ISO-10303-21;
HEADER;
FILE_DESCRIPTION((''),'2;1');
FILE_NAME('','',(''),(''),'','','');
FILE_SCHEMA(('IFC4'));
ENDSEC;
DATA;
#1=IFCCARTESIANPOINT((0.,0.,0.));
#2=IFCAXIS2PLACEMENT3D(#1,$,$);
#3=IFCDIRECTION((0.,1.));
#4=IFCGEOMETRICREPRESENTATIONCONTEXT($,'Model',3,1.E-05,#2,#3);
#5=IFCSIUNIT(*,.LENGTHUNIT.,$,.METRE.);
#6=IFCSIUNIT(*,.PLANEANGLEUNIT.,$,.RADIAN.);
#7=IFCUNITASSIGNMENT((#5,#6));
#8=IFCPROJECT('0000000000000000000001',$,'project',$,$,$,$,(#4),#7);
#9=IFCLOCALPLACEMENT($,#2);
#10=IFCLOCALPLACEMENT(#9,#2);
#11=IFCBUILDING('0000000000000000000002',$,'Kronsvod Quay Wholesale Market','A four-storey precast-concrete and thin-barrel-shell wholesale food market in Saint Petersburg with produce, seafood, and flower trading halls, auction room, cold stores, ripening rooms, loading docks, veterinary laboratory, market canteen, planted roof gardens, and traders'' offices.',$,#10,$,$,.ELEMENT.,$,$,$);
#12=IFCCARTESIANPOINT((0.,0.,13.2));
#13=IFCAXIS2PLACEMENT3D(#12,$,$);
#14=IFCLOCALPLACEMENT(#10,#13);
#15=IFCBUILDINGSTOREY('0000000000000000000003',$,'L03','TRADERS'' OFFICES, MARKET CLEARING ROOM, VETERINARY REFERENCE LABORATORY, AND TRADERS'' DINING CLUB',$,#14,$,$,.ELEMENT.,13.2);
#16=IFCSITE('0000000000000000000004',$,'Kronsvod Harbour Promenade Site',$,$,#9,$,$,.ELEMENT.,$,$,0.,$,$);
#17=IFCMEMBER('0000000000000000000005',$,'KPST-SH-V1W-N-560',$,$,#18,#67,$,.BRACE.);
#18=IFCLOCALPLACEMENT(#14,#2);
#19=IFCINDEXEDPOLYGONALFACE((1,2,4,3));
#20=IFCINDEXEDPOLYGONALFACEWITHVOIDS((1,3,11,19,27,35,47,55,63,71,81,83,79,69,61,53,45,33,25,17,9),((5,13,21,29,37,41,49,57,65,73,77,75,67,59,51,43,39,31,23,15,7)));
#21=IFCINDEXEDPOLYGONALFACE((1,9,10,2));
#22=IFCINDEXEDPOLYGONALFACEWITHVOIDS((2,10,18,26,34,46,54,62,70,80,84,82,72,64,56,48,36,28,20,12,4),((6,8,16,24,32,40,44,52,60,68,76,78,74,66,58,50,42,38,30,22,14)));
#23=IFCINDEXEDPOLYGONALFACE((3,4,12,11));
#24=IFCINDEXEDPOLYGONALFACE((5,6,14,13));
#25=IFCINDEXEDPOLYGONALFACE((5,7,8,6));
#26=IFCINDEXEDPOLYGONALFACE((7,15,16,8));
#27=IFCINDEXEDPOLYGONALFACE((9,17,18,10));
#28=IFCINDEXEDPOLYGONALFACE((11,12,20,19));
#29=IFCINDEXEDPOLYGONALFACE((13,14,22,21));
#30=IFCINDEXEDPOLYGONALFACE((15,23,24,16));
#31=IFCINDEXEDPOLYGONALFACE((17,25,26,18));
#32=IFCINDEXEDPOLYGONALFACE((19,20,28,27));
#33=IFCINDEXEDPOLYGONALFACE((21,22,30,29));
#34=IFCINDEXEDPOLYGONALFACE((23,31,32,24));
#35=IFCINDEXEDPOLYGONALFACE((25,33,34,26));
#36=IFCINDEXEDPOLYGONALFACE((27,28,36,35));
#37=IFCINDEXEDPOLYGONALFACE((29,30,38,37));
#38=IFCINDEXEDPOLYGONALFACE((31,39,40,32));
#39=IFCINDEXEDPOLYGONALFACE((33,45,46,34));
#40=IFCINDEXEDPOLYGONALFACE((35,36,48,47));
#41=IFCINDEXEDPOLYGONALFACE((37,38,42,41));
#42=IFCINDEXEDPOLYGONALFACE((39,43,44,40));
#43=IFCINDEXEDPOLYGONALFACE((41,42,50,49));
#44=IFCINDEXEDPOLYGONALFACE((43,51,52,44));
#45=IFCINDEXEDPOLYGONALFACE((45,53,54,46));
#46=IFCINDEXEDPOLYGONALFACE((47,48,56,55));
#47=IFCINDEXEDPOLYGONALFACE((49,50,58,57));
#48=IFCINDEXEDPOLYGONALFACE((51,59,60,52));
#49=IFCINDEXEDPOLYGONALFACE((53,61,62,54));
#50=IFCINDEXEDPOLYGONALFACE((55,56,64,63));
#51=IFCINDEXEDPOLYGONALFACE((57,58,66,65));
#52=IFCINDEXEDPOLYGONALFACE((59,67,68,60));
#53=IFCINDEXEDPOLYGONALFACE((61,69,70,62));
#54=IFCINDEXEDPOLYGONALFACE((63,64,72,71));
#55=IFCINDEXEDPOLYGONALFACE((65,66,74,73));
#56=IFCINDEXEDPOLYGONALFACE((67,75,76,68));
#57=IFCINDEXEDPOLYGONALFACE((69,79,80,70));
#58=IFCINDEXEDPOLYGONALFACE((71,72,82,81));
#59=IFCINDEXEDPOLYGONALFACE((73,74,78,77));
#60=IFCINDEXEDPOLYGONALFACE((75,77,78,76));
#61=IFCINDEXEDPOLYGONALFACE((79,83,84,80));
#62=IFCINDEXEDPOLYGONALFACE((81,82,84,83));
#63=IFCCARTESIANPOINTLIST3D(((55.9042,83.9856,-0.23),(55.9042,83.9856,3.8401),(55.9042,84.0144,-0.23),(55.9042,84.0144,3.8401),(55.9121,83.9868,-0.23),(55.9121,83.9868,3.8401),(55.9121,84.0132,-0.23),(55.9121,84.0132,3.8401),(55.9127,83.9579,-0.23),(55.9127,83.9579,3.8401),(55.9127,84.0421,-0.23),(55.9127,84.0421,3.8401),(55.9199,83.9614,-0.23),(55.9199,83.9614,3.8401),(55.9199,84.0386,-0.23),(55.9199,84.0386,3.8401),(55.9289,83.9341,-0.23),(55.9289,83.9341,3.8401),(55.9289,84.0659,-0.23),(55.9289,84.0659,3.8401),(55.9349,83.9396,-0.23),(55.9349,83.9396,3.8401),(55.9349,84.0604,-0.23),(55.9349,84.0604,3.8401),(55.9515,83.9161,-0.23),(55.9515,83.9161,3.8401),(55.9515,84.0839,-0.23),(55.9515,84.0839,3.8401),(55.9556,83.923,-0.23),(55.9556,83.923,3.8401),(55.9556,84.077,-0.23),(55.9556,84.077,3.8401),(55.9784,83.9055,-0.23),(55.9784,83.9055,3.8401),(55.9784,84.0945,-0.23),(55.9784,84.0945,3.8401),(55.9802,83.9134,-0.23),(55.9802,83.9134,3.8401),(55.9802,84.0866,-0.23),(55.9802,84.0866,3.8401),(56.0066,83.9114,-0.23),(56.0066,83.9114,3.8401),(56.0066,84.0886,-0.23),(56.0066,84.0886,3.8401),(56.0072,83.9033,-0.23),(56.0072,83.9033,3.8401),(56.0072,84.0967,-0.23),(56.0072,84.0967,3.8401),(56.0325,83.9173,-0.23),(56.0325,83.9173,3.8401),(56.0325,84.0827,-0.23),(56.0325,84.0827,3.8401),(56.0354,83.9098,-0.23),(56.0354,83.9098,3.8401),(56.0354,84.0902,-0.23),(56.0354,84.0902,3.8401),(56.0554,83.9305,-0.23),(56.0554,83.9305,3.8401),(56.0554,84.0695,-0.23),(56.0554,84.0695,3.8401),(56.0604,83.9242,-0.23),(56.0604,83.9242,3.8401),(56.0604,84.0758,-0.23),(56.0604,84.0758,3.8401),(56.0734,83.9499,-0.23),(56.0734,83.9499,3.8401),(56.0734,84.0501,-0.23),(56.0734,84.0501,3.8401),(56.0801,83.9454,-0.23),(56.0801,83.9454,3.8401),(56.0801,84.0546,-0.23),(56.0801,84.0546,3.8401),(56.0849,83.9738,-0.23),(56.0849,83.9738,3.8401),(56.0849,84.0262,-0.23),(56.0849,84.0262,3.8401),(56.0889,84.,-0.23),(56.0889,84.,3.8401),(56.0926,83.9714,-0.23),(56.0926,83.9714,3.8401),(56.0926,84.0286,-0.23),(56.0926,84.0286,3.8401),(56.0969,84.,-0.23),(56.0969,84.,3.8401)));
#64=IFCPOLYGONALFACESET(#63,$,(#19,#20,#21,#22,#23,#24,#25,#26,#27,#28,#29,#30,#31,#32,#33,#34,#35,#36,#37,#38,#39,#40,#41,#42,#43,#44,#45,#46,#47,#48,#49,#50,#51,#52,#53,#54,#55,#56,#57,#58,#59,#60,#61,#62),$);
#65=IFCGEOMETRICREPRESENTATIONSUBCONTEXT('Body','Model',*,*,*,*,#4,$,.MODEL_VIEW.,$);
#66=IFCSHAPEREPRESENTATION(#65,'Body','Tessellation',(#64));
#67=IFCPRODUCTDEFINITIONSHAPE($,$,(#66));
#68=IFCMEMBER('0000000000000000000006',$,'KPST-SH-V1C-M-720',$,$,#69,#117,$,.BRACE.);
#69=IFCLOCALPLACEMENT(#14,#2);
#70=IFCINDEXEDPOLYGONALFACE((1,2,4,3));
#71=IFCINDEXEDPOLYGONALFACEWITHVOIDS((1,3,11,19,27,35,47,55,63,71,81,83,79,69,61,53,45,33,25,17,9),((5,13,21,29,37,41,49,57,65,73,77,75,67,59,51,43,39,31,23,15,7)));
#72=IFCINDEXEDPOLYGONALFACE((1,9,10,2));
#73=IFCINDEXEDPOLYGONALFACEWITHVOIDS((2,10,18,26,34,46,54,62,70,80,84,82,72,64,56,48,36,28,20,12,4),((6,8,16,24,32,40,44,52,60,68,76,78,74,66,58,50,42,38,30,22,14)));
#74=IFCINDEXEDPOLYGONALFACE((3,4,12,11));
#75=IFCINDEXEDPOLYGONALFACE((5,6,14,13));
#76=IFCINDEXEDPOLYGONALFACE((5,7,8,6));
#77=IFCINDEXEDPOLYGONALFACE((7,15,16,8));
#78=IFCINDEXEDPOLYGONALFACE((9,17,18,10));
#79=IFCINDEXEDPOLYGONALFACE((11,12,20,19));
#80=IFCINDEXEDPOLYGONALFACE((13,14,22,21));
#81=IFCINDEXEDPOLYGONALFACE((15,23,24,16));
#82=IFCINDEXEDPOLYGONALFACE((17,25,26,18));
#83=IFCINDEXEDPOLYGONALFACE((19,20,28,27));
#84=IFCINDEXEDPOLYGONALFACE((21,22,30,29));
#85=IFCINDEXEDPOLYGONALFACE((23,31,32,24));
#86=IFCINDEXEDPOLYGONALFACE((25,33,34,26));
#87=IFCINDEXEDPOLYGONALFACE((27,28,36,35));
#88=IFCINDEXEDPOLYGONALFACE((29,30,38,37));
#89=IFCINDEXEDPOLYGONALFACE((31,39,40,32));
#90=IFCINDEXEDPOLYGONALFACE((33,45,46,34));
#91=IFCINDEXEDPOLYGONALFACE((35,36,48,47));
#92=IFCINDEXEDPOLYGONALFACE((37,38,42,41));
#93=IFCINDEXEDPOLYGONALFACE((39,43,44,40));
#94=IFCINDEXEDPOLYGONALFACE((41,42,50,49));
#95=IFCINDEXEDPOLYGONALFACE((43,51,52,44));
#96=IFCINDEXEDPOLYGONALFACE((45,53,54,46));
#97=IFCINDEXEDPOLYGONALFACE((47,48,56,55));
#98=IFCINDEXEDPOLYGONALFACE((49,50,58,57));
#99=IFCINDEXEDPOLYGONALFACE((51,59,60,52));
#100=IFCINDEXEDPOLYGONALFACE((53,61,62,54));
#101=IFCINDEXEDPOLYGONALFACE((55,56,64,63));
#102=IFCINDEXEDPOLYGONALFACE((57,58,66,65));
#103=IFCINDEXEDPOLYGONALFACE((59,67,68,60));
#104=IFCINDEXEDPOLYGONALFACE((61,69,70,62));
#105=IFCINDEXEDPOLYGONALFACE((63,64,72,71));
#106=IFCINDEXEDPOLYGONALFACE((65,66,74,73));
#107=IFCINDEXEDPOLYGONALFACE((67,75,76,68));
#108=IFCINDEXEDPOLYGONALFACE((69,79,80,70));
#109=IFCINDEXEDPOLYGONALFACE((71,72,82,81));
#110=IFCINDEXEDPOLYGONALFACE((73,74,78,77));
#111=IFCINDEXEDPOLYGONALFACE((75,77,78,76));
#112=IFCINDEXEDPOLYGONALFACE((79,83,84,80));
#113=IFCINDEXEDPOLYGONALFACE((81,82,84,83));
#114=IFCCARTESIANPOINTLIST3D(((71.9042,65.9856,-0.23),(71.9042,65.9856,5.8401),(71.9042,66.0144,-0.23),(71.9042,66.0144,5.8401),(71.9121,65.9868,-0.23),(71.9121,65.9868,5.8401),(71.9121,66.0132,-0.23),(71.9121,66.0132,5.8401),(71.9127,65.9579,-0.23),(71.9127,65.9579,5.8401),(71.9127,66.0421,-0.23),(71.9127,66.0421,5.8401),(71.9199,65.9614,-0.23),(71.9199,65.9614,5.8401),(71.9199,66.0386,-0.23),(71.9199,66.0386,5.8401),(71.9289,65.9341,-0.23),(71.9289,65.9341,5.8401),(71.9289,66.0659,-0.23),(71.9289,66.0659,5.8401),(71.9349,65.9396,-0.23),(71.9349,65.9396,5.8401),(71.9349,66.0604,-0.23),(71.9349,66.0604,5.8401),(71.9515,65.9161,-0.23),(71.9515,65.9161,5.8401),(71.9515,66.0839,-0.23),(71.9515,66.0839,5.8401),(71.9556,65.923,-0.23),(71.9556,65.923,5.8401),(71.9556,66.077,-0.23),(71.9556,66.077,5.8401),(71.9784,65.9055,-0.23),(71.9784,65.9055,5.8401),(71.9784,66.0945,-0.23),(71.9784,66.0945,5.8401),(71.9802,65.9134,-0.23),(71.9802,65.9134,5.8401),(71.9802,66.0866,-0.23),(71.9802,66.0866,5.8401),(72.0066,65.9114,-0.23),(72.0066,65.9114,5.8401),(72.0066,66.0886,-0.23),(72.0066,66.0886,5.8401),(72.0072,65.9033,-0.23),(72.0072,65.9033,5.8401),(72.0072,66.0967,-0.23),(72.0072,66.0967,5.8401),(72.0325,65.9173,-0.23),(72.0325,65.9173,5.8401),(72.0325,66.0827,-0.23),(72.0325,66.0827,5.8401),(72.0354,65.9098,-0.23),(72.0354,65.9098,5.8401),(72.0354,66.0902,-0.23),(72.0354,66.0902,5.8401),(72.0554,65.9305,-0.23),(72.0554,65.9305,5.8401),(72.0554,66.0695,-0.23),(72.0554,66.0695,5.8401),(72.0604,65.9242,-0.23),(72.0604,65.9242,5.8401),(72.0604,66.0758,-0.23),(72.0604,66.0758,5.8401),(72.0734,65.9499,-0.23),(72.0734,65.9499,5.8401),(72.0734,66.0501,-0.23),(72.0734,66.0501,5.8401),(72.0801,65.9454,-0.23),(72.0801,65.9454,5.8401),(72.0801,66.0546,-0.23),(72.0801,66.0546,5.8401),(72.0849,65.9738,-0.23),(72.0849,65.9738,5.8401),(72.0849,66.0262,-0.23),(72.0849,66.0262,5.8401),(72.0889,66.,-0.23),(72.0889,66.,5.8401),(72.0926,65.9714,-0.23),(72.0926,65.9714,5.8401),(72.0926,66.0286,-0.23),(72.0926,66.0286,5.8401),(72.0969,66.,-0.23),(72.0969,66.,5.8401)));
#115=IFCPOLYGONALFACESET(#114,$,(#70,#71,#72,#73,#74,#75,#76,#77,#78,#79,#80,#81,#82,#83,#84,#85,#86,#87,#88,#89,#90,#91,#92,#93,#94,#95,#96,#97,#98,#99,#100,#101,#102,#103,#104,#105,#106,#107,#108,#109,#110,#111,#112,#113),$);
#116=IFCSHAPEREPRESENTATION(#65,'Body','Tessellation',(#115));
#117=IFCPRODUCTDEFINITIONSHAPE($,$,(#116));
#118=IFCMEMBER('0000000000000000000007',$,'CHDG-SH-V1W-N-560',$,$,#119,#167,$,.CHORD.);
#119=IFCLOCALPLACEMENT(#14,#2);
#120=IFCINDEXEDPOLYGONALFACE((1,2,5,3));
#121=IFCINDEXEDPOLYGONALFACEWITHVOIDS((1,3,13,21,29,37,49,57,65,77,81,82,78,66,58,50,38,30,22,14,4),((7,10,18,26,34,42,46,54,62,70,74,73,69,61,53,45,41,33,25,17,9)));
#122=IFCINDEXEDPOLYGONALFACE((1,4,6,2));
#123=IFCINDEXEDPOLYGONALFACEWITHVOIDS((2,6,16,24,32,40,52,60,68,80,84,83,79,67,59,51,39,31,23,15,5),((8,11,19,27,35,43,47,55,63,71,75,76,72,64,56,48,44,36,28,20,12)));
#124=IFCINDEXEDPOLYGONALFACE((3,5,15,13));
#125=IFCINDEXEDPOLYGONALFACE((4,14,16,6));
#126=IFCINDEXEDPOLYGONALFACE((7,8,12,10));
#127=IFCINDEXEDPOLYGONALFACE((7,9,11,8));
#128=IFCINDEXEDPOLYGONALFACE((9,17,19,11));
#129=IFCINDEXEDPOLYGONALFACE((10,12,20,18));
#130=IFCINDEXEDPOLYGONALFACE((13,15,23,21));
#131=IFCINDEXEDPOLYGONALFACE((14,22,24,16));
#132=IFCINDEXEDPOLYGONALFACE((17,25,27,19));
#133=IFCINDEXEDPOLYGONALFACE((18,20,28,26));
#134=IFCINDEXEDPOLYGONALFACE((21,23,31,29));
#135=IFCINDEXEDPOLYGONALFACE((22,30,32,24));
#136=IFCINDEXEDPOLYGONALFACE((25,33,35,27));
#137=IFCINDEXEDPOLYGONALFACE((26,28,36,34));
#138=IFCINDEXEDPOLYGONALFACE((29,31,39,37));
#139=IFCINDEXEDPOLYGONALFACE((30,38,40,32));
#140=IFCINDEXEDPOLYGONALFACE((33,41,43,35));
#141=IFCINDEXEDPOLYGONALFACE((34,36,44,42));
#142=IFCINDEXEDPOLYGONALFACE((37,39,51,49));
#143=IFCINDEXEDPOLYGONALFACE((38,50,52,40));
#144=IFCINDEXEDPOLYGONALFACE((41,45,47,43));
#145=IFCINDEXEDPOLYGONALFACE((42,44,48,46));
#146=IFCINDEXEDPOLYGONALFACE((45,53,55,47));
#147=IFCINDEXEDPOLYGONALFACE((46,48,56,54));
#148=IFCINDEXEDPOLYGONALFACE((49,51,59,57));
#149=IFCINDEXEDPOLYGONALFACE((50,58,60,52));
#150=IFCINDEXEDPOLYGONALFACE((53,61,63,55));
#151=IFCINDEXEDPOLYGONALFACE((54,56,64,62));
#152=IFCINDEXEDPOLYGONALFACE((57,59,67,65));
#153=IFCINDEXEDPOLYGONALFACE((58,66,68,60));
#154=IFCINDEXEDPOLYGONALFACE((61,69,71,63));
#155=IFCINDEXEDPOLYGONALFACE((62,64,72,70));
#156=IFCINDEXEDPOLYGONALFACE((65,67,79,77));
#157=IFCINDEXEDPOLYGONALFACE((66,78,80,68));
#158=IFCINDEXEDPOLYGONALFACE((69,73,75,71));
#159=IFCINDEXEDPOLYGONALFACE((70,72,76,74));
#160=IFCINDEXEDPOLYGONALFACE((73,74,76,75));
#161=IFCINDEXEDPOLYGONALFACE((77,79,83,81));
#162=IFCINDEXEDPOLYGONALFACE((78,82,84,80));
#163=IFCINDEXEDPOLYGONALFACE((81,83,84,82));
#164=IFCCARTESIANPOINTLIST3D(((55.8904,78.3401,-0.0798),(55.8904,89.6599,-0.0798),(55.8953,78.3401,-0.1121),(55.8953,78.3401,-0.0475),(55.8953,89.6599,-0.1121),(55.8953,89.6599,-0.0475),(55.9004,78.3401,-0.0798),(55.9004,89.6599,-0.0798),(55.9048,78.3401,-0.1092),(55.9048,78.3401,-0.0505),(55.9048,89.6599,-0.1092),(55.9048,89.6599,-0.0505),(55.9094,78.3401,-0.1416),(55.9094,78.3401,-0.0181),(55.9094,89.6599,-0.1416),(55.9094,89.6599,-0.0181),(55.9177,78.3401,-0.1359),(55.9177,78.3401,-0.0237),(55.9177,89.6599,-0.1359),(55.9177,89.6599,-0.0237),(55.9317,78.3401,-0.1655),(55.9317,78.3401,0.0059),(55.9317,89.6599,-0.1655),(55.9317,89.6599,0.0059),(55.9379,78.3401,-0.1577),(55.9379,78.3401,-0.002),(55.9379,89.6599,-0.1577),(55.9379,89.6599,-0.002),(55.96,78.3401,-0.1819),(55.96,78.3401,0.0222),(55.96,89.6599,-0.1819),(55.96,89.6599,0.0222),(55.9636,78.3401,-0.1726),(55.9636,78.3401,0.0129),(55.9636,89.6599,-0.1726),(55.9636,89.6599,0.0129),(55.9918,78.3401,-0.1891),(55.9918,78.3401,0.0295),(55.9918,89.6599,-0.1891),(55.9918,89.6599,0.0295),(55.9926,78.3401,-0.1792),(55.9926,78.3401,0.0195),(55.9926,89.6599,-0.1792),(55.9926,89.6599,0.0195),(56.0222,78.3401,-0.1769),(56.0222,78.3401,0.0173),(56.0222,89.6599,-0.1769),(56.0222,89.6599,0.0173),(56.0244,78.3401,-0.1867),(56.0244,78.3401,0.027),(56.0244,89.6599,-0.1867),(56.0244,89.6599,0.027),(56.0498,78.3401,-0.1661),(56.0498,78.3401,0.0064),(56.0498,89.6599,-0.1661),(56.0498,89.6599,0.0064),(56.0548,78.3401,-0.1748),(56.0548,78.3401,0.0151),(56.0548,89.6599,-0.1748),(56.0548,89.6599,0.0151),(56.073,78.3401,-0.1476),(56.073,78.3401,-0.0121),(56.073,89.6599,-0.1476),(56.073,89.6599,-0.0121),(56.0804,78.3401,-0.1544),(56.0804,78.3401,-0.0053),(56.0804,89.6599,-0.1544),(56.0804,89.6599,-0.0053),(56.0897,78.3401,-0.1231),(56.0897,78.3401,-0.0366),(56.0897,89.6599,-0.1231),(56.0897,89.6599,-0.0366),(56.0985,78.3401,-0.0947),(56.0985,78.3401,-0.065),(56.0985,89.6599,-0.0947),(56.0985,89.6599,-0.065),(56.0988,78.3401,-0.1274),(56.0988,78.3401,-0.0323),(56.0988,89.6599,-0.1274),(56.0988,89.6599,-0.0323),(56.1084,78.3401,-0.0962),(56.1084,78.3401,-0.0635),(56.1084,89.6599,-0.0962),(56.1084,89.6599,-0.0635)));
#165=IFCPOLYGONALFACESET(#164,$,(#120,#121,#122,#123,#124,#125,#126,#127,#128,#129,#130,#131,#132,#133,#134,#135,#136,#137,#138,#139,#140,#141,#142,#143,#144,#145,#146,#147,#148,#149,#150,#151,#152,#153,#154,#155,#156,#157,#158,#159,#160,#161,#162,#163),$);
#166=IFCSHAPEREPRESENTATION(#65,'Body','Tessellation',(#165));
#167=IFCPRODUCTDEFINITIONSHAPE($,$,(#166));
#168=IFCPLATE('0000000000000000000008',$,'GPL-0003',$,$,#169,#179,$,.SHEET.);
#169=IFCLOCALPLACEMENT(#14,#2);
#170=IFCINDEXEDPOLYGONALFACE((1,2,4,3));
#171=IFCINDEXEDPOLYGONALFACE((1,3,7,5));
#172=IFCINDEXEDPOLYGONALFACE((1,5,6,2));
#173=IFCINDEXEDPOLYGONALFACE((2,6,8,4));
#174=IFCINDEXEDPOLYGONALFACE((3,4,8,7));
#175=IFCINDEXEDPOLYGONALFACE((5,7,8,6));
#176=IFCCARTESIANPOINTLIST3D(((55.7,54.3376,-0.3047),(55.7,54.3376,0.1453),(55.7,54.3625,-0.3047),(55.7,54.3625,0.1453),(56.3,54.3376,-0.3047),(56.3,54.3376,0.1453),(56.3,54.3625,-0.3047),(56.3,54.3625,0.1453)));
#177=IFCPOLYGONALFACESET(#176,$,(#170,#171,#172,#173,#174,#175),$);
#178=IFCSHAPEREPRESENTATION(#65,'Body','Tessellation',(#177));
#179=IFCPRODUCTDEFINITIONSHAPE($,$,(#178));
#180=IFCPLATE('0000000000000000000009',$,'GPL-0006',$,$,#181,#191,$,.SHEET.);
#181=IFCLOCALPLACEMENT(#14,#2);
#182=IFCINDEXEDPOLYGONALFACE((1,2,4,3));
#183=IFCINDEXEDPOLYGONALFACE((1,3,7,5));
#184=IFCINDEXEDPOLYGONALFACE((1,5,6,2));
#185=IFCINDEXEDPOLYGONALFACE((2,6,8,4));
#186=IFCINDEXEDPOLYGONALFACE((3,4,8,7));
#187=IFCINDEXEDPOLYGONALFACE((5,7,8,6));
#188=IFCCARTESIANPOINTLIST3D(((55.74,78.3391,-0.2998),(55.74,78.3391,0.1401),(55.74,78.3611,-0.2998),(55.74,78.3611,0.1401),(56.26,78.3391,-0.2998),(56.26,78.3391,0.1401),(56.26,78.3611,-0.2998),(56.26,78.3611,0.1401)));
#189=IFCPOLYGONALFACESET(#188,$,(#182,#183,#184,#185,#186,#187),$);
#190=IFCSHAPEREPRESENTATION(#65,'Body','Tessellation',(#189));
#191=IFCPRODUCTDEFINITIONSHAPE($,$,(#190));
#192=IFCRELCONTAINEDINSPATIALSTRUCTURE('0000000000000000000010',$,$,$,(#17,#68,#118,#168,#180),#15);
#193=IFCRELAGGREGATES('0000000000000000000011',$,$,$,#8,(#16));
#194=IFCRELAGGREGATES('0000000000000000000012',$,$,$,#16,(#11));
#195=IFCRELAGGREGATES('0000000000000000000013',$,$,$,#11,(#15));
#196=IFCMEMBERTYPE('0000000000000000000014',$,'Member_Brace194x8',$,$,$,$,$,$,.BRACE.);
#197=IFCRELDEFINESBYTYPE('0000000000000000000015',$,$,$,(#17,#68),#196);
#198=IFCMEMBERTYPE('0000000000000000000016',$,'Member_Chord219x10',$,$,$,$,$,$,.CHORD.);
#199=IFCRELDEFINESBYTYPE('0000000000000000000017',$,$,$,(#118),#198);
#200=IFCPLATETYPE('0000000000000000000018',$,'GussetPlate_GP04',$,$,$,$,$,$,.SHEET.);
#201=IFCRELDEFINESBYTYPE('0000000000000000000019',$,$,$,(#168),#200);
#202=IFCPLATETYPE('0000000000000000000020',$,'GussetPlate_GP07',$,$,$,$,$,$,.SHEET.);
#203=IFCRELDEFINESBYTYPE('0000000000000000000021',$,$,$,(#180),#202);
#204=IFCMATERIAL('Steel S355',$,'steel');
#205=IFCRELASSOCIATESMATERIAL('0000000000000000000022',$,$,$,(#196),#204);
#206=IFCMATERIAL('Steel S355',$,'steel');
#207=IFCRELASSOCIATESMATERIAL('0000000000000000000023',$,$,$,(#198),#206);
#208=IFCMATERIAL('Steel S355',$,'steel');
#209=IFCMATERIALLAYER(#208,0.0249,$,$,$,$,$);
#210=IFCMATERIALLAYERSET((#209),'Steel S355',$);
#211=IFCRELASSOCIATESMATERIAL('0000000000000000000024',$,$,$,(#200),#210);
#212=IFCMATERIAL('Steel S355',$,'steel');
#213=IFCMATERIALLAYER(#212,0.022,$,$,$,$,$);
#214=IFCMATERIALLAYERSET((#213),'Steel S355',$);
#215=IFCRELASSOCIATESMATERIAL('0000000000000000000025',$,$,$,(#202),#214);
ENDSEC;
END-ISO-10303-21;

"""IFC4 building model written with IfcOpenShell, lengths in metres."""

from ifc_helpers import new_model, si_unit, direction, frame, origin, origin_2d, place, context, subcontext, project, spatial, rectangle, hollow_circle, extrude, material, layer, layer_set, material_profile, profile_set, type_object, element, save


model = new_model("IFC4")

# Units and contexts
model_context = context("Model", 3, precision=1e-05, world=origin(), true_north=direction((0.0, 1.0)))
body_context = subcontext(model_context, "Body", "Model", "MODEL_VIEW")
ifc_project = project(units=[si_unit("LENGTHUNIT", "METRE"), si_unit("PLANEANGLEUNIT", "RADIAN")], contexts=[model_context])

# Site, building, storey
site_placement = place(None, origin())
site = spatial("IfcSite", under=ifc_project, at=site_placement, Name="Kronsvod Harbour Promenade Site", CompositionType="ELEMENT", RefElevation=0.0)
building_placement = place(site_placement, origin())
building = spatial("IfcBuilding", under=site, at=building_placement, Name="Kronsvod Quay Wholesale Market", Description="A four-storey precast-concrete and thin-barrel-shell wholesale food market in Saint Petersburg with produce, seafood, and flower trading halls, auction room, cold stores, ripening rooms, loading docks, veterinary laboratory, market canteen, planted roof gardens, and traders' offices.", CompositionType="ELEMENT")
storey_placement = place(building_placement, frame((0.0, 0.0, 13.2)))
storey = spatial("IfcBuildingStorey", under=building, at=storey_placement, Name="L03", Description="TRADERS' OFFICES, MARKET CLEARING ROOM, VETERINARY REFERENCE LABORATORY, AND TRADERS' DINING CLUB", CompositionType="ELEMENT", Elevation=13.2)

# Members
ifc_material_1 = material(Name="Steel S355", Category="steel")
ifc_material_profile_1 = material_profile(ifc_material_1, hollow_circle(Radius=0.0969, WallThickness=0.0081, at=origin_2d()), Name="CHS194x8")
ifc_profile_set_1 = profile_set([ifc_material_profile_1], Name="Steel S355")
member_type_1 = type_object("IfcMemberType", Name="Member_Brace194x8", PredefinedType="BRACE", material=ifc_profile_set_1)
member_1_placement = place(storey_placement, frame((56.0, 84.0, -0.23), z_axis=(0.0, 0.0, 1.0), x_axis=(1.0, 0.0, 0.0)))
element("IfcMember", 1, at=member_1_placement, inside=storey, type_object=member_type_1, Name="KPST-SH-V1W-N-560", PredefinedType="BRACE", context=body_context, shape_type="SweptSolid", body=[
    extrude(hollow_circle(Radius=0.0969, WallThickness=0.0081, at=origin_2d()), origin(), (0.0, 0.0, 1.0), 4.0701),
])
member_2_placement = place(storey_placement, frame((72.0, 66.0, -0.23), z_axis=(0.0, 0.0, 1.0), x_axis=(1.0, 0.0, 0.0)))
element("IfcMember", 2, at=member_2_placement, inside=storey, type_object=member_type_1, Name="KPST-SH-V1C-M-720", PredefinedType="BRACE", context=body_context, shape_type="SweptSolid", body=[
    extrude(hollow_circle(Radius=0.0969, WallThickness=0.0081, at=origin_2d()), origin(), (0.0, 0.0, 1.0), 6.0701),
])
ifc_material_2 = material(Name="Steel S355", Category="steel")
ifc_material_profile_2 = material_profile(ifc_material_2, hollow_circle(Radius=0.1096, WallThickness=0.01, at=origin_2d()), Name="CHS219x10")
ifc_profile_set_2 = profile_set([ifc_material_profile_2], Name="Steel S355")
member_type_2 = type_object("IfcMemberType", Name="Member_Chord219x10", PredefinedType="CHORD", material=ifc_profile_set_2)
member_3_placement = place(storey_placement, frame((56.0, 78.3401, -0.0798), z_axis=(0.0, 1.0, 0.0), x_axis=(-1.0, 0.0, 0.0)))
element("IfcMember", 3, at=member_3_placement, inside=storey, type_object=member_type_2, Name="CHDG-SH-V1W-N-560", PredefinedType="CHORD", context=body_context, shape_type="SweptSolid", body=[
    extrude(hollow_circle(Radius=0.1096, WallThickness=0.01, at=origin_2d()), origin(), (0.0, 0.0, 1.0), 11.3198),
])

# Plates
ifc_material_3 = material(Name="Steel S355", Category="steel")
ifc_layer_1 = layer(ifc_material_3, 0.0249)
ifc_layer_set_1 = layer_set([ifc_layer_1], Name="Steel S355")
plate_type_1 = type_object("IfcPlateType", Name="GussetPlate_GP04", PredefinedType="SHEET", material=ifc_layer_set_1)
plate_1_placement = place(storey_placement, frame((56.0, 54.3501, -0.3047), z_axis=(0.0, 0.0, 1.0), x_axis=(1.0, 0.0, 0.0)))
element("IfcPlate", 4, at=plate_1_placement, inside=storey, type_object=plate_type_1, Name="GPL-0003", PredefinedType="SHEET", context=body_context, shape_type="SweptSolid", body=[
    extrude(rectangle(XDim=0.6001, YDim=0.0249, at=origin_2d()), origin(), (0.0, 0.0, 1.0), 0.45),
])
ifc_material_4 = material(Name="Steel S355", Category="steel")
ifc_layer_2 = layer(ifc_material_4, 0.022)
ifc_layer_set_2 = layer_set([ifc_layer_2], Name="Steel S355")
plate_type_2 = type_object("IfcPlateType", Name="GussetPlate_GP07", PredefinedType="SHEET", material=ifc_layer_set_2)
plate_2_placement = place(storey_placement, frame((56.0, 78.3501, -0.2998), z_axis=(0.0, 0.0, 1.0), x_axis=(1.0, 0.0, 0.0)))
element("IfcPlate", 5, at=plate_2_placement, inside=storey, type_object=plate_type_2, Name="GPL-0006", PredefinedType="SHEET", context=body_context, shape_type="SweptSolid", body=[
    extrude(rectangle(XDim=0.52, YDim=0.022, at=origin_2d()), origin(), (0.0, 0.0, 1.0), 0.4399),
])

save(model, "model.ifc")
